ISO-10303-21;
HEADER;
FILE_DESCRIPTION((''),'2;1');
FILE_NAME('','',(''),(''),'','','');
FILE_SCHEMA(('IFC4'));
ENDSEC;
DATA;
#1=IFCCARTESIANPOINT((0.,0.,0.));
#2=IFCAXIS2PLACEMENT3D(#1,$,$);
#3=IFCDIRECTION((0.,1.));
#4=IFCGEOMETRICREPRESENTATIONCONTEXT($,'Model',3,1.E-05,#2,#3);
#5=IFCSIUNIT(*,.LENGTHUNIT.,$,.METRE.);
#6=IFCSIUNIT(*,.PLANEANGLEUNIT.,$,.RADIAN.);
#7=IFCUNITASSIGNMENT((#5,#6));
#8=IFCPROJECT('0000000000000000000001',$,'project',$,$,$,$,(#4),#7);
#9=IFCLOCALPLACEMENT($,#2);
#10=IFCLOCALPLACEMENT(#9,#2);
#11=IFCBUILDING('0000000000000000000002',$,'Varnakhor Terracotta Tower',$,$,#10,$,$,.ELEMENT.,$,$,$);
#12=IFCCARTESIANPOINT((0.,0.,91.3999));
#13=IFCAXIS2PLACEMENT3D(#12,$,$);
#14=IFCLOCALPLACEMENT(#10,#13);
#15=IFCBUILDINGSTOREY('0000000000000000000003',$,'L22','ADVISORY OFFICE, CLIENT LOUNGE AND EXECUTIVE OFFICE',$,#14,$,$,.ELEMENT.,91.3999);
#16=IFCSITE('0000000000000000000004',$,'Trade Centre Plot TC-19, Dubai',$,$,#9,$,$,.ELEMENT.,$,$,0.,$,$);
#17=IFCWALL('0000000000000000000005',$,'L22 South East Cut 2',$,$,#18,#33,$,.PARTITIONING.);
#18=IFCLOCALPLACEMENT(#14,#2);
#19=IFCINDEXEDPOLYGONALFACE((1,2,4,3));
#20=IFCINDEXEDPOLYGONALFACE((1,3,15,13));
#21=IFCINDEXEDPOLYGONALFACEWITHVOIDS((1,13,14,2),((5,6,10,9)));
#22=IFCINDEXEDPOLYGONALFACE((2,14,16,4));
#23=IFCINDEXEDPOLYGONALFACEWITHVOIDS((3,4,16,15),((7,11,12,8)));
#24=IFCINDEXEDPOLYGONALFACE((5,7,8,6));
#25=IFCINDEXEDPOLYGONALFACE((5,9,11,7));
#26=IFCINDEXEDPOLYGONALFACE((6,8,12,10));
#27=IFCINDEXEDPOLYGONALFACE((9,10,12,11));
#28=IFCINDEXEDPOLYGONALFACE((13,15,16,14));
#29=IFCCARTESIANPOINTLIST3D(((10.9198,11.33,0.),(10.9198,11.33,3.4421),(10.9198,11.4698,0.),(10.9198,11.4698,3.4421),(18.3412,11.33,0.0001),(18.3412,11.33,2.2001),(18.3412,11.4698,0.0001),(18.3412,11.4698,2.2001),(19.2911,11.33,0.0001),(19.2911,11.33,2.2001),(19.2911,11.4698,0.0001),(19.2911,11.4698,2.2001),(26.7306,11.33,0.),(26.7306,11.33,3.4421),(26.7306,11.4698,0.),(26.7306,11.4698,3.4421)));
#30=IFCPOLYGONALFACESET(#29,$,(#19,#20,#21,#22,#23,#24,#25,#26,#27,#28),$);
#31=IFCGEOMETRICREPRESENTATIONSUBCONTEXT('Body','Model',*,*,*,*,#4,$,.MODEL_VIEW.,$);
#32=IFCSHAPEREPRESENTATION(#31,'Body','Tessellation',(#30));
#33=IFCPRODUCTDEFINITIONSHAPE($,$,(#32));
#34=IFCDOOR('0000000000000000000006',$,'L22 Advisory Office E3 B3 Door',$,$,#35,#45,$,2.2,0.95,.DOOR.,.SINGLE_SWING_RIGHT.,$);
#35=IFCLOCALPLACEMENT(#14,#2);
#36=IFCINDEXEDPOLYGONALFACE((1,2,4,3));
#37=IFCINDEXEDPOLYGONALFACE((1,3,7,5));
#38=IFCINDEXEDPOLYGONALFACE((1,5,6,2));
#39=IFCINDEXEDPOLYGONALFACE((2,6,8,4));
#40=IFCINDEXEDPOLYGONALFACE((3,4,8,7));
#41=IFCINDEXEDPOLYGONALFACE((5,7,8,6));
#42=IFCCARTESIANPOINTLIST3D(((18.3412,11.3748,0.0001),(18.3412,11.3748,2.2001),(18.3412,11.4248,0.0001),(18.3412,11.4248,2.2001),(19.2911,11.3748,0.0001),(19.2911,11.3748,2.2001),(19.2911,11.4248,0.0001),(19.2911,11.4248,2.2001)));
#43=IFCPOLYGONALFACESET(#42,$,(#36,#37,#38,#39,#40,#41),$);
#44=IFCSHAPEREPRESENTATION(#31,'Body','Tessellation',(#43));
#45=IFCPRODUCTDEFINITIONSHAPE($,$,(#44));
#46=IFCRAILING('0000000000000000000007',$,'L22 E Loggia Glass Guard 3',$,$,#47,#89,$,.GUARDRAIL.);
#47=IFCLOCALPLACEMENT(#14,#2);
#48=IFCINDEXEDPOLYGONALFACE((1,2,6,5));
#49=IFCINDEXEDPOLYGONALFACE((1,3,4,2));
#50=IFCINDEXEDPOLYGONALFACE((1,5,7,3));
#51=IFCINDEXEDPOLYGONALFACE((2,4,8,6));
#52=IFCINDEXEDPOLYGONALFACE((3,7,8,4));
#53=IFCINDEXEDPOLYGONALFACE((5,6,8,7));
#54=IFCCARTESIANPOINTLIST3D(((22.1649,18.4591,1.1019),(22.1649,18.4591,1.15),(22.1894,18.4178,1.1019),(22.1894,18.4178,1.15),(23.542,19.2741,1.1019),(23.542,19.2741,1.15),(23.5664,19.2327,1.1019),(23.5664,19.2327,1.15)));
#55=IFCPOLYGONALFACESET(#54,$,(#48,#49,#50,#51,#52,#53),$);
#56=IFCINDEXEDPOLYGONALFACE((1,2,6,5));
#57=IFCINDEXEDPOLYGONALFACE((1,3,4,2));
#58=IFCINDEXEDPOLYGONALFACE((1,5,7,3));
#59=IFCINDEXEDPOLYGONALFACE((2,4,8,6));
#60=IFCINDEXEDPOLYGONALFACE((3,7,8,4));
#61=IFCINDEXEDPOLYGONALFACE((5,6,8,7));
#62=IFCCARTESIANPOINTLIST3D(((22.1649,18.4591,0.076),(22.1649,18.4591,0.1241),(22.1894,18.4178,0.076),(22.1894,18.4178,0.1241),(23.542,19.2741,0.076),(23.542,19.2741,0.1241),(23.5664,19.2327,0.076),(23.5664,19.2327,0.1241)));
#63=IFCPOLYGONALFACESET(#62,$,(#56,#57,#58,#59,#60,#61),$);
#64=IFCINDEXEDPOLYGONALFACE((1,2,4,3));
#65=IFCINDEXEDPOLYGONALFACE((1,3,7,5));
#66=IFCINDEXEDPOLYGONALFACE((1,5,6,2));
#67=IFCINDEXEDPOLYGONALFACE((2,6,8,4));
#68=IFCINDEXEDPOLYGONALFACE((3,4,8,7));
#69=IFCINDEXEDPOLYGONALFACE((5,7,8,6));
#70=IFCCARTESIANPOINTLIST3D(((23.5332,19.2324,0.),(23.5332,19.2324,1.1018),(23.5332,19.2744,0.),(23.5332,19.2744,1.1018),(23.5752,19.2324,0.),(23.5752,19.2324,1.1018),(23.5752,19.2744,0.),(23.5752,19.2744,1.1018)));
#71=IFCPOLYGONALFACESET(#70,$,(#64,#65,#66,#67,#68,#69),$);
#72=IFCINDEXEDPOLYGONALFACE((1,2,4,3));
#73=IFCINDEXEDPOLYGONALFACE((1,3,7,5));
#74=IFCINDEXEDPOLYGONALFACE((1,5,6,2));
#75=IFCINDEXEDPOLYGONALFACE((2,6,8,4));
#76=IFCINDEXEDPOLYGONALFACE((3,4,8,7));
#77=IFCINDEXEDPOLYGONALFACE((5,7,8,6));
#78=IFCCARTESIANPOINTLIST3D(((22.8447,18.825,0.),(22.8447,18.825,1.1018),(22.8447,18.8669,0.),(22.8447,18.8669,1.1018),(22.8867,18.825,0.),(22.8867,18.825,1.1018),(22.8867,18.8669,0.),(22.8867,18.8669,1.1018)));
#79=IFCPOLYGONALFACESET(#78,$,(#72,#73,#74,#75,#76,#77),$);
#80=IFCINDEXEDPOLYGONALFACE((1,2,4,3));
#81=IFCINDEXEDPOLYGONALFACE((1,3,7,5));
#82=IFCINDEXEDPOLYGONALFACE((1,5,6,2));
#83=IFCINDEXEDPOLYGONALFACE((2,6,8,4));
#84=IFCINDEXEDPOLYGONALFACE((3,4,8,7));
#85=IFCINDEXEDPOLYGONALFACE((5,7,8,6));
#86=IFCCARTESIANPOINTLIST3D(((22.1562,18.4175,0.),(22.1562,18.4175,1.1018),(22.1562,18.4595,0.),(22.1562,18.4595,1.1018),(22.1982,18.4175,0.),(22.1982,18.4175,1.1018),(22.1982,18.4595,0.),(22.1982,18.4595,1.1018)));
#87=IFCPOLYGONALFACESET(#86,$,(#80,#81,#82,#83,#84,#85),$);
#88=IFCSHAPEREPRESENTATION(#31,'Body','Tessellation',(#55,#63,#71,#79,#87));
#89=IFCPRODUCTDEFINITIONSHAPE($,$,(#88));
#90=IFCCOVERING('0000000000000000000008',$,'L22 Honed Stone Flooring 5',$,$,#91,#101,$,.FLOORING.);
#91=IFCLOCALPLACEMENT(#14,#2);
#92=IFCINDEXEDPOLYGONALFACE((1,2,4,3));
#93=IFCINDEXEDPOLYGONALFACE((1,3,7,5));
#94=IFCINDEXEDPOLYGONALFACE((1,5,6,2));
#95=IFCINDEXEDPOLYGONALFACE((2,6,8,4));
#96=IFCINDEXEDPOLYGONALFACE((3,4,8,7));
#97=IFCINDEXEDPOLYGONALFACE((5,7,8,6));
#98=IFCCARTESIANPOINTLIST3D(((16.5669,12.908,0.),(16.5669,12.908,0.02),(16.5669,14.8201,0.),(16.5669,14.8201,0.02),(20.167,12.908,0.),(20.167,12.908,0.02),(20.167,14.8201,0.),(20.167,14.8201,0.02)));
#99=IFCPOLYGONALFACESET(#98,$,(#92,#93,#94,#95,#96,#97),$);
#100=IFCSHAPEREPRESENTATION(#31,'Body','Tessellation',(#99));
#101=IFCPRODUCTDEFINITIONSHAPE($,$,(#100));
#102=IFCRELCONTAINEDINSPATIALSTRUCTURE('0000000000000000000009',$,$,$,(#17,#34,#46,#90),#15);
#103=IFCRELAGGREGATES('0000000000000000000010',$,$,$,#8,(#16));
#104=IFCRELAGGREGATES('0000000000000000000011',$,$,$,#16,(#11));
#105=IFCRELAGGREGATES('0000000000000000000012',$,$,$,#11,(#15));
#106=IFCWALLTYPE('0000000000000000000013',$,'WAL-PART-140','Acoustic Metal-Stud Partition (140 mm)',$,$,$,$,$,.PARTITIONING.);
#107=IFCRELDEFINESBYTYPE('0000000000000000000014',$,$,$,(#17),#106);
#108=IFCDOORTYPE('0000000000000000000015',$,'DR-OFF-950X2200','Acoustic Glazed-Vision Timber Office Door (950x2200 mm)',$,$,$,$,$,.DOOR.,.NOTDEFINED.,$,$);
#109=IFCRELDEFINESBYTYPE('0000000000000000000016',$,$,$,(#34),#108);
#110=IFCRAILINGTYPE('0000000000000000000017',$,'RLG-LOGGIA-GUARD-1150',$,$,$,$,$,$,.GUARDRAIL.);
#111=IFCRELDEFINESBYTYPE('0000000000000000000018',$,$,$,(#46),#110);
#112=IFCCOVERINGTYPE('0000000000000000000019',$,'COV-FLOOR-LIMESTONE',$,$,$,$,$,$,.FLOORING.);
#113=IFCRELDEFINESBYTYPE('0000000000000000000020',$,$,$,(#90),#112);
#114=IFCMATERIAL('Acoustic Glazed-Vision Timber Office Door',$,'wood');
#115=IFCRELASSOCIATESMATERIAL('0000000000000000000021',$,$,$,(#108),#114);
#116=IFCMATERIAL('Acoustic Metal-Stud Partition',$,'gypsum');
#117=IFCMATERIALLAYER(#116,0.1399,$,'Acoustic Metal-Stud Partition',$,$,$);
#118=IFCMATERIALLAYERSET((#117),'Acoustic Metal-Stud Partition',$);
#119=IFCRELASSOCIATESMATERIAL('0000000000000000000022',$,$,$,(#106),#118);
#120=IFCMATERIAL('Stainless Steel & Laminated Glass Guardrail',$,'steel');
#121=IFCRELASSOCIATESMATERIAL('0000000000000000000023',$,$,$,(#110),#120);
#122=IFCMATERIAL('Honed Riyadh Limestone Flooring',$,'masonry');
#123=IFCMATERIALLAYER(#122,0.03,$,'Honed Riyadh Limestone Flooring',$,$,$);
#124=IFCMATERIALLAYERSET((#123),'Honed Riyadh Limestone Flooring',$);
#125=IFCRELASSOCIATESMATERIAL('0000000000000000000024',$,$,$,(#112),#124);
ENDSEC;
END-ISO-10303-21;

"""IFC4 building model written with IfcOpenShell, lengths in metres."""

from ifc_helpers import new_model, si_unit, direction, frame, frame_2d, origin, origin_2d, place, context, subcontext, project, spatial, rectangle, extrude, source, transform, mapped, material, layer, layer_set, type_object, type_shapes, element, fill, save


model = new_model("IFC4")

# Units and contexts
model_context = context("Model", 3, precision=1e-05, world=origin(), true_north=direction((0.0, 1.0)))
body_context = subcontext(model_context, "Body", "Model", "MODEL_VIEW")
ifc_project = project(units=[si_unit("LENGTHUNIT", "METRE"), si_unit("PLANEANGLEUNIT", "RADIAN")], contexts=[model_context])

# Site, building, storey
site_placement = place(None, origin())
site = spatial("IfcSite", under=ifc_project, at=site_placement, Name="Trade Centre Plot TC-19, Dubai", CompositionType="ELEMENT", RefElevation=0.0)
building_placement = place(site_placement, origin())
building = spatial("IfcBuilding", under=site, at=building_placement, Name="Varnakhor Terracotta Tower", CompositionType="ELEMENT")
storey_placement = place(building_placement, frame((0.0, 0.0, 91.3999)))
storey = spatial("IfcBuildingStorey", under=building, at=storey_placement, Name="L22", Description="ADVISORY OFFICE, CLIENT LOUNGE AND EXECUTIVE OFFICE", CompositionType="ELEMENT", Elevation=91.3999)

# Wall, opening, door
ifc_material_1 = material(Name="Acoustic Glazed-Vision Timber Office Door", Category="wood")
door_type = type_object("IfcDoorType", Name="DR-OFF-950X2200", Description="Acoustic Glazed-Vision Timber Office Door (950x2200 mm)", OperationType="NOTDEFINED", PredefinedType="DOOR", material=ifc_material_1)
shared_shape_1 = source(origin(), body_context, "Body", "SweptSolid", [
    extrude(rectangle(XDim=0.95, YDim=2.2, at=frame_2d((0.4751, 1.1001))), frame((0.0, 0.0249, 0.0), z_axis=(0.0, -1.0, 0.0), x_axis=(1.0, 0.0, 0.0)), (0.0, 0.0, 1.0), 0.05),
])
type_shapes(door_type, [shared_shape_1])
ifc_material_2 = material(Name="Acoustic Metal-Stud Partition", Category="gypsum")
ifc_layer_1 = layer(ifc_material_2, 0.1399, Name="Acoustic Metal-Stud Partition")
ifc_layer_set_1 = layer_set([ifc_layer_1], Name="Acoustic Metal-Stud Partition")
wall_type_1 = type_object("IfcWallType", Name="WAL-PART-140", Description="Acoustic Metal-Stud Partition (140 mm)", PredefinedType="PARTITIONING", material=ifc_layer_set_1)
wall_1_placement = place(storey_placement, frame((10.9199, 11.3999, 0.0), z_axis=(0.0, 0.0, 1.0), x_axis=(1.0, 0.0, 0.0)))
wall_1 = element("IfcWall", 1, at=wall_1_placement, inside=storey, type_object=wall_type_1, Name="L22 South East Cut 2", PredefinedType="PARTITIONING", context=body_context, shape_type="SweptSolid", body=[
    extrude(rectangle(XDim=15.8108, YDim=0.1399, at=frame_2d((7.9053, 0.0))), origin(), (0.0, 0.0, 1.0), 3.4421),
])
opening_1_placement = place(wall_1_placement, frame((7.4211, 0.0, 0.0)))
opening_1 = element("IfcOpeningElement", 2, at=opening_1_placement, cuts=wall_1, PredefinedType="OPENING", context=body_context, shape_type="SweptSolid", body=[
    extrude(rectangle(XDim=0.95, YDim=2.2, at=frame_2d((0.4751, 1.1001))), frame((0.0, 0.0801, 0.0), z_axis=(0.0, -1.0, 0.0), x_axis=(1.0, 0.0, 0.0)), (0.0, 0.0, 1.0), 0.1599),
])
door_1_placement = place(opening_1_placement, origin())
door_1 = element("IfcDoor", 3, at=door_1_placement, inside=storey, type_object=door_type, Name="L22 Advisory Office E3 B3 Door", OperationType="SINGLE_SWING_RIGHT", OverallHeight=2.2, OverallWidth=0.95, PredefinedType="DOOR", context=body_context, shape_type="MappedRepresentation", body=[
    mapped(shared_shape_1, transform((0.0, 0.0, 0.0), scale=1.0)),
])
fill(opening_1, door_1)

# Railing
ifc_material_3 = material(Name="Stainless Steel & Laminated Glass Guardrail", Category="steel")
railing_type = type_object("IfcRailingType", Name="RLG-LOGGIA-GUARD-1150", PredefinedType="GUARDRAIL", material=ifc_material_3)
railing_placement = place(storey_placement, frame((23.5542, 19.2534, 0.0)))
element("IfcRailing", 4, at=railing_placement, inside=storey, type_object=railing_type, Name="L22 E Loggia Glass Guard 3", PredefinedType="GUARDRAIL", context=body_context, shape_type="SweptSolid", body=[
    extrude(rectangle(XDim=0.0481, YDim=0.0481, at=origin_2d()), frame((0.0, 0.0, 1.126), z_axis=(-0.860574, -0.509326, 0.0), x_axis=(0.509326, -0.860574, 0.0)), (0.0, 0.0, 1.0), 1.6001),
    extrude(rectangle(XDim=0.0481, YDim=0.0481, at=origin_2d()), frame((0.0, 0.0, 0.1001), z_axis=(-0.860574, -0.509326, 0.0), x_axis=(0.509326, -0.860574, 0.0)), (0.0, 0.0, 1.0), 1.6001),
    extrude(rectangle(XDim=0.042, YDim=0.042, at=origin_2d()), origin(), (0.0, 0.0, 1.0), 1.1018),
    extrude(rectangle(XDim=0.042, YDim=0.042, at=origin_2d()), frame((-0.6885, -0.4075, 0.0)), (0.0, 0.0, 1.0), 1.1018),
    extrude(rectangle(XDim=0.042, YDim=0.042, at=origin_2d()), frame((-1.377, -0.8149, 0.0)), (0.0, 0.0, 1.0), 1.1018),
])

# Covering
ifc_material_4 = material(Name="Honed Riyadh Limestone Flooring", Category="masonry")
ifc_layer_2 = layer(ifc_material_4, 0.03, Name="Honed Riyadh Limestone Flooring")
ifc_layer_set_2 = layer_set([ifc_layer_2], Name="Honed Riyadh Limestone Flooring")
covering_type = type_object("IfcCoveringType", Name="COV-FLOOR-LIMESTONE", PredefinedType="FLOORING", material=ifc_layer_set_2)
shared_shape_2 = source(origin(), body_context, "Body", "SweptSolid", [
    extrude(rectangle(XDim=3.6001, YDim=1.9121, at=origin_2d()), origin(), (0.0, 0.0, 1.0), 0.02),
])
covering_placement = place(storey_placement, frame((18.3669, 13.864, 0.0), z_axis=(0.0, 0.0, 1.0), x_axis=(1.0, 0.0, 0.0)))
element("IfcCovering", 5, at=covering_placement, inside=storey, type_object=covering_type, Name="L22 Honed Stone Flooring 5", PredefinedType="FLOORING", context=body_context, shape_type="MappedRepresentation", body=[
    mapped(shared_shape_2, transform((0.0, 0.0, 0.0), scale=1.0)),
])

save(model, "model.ifc")
